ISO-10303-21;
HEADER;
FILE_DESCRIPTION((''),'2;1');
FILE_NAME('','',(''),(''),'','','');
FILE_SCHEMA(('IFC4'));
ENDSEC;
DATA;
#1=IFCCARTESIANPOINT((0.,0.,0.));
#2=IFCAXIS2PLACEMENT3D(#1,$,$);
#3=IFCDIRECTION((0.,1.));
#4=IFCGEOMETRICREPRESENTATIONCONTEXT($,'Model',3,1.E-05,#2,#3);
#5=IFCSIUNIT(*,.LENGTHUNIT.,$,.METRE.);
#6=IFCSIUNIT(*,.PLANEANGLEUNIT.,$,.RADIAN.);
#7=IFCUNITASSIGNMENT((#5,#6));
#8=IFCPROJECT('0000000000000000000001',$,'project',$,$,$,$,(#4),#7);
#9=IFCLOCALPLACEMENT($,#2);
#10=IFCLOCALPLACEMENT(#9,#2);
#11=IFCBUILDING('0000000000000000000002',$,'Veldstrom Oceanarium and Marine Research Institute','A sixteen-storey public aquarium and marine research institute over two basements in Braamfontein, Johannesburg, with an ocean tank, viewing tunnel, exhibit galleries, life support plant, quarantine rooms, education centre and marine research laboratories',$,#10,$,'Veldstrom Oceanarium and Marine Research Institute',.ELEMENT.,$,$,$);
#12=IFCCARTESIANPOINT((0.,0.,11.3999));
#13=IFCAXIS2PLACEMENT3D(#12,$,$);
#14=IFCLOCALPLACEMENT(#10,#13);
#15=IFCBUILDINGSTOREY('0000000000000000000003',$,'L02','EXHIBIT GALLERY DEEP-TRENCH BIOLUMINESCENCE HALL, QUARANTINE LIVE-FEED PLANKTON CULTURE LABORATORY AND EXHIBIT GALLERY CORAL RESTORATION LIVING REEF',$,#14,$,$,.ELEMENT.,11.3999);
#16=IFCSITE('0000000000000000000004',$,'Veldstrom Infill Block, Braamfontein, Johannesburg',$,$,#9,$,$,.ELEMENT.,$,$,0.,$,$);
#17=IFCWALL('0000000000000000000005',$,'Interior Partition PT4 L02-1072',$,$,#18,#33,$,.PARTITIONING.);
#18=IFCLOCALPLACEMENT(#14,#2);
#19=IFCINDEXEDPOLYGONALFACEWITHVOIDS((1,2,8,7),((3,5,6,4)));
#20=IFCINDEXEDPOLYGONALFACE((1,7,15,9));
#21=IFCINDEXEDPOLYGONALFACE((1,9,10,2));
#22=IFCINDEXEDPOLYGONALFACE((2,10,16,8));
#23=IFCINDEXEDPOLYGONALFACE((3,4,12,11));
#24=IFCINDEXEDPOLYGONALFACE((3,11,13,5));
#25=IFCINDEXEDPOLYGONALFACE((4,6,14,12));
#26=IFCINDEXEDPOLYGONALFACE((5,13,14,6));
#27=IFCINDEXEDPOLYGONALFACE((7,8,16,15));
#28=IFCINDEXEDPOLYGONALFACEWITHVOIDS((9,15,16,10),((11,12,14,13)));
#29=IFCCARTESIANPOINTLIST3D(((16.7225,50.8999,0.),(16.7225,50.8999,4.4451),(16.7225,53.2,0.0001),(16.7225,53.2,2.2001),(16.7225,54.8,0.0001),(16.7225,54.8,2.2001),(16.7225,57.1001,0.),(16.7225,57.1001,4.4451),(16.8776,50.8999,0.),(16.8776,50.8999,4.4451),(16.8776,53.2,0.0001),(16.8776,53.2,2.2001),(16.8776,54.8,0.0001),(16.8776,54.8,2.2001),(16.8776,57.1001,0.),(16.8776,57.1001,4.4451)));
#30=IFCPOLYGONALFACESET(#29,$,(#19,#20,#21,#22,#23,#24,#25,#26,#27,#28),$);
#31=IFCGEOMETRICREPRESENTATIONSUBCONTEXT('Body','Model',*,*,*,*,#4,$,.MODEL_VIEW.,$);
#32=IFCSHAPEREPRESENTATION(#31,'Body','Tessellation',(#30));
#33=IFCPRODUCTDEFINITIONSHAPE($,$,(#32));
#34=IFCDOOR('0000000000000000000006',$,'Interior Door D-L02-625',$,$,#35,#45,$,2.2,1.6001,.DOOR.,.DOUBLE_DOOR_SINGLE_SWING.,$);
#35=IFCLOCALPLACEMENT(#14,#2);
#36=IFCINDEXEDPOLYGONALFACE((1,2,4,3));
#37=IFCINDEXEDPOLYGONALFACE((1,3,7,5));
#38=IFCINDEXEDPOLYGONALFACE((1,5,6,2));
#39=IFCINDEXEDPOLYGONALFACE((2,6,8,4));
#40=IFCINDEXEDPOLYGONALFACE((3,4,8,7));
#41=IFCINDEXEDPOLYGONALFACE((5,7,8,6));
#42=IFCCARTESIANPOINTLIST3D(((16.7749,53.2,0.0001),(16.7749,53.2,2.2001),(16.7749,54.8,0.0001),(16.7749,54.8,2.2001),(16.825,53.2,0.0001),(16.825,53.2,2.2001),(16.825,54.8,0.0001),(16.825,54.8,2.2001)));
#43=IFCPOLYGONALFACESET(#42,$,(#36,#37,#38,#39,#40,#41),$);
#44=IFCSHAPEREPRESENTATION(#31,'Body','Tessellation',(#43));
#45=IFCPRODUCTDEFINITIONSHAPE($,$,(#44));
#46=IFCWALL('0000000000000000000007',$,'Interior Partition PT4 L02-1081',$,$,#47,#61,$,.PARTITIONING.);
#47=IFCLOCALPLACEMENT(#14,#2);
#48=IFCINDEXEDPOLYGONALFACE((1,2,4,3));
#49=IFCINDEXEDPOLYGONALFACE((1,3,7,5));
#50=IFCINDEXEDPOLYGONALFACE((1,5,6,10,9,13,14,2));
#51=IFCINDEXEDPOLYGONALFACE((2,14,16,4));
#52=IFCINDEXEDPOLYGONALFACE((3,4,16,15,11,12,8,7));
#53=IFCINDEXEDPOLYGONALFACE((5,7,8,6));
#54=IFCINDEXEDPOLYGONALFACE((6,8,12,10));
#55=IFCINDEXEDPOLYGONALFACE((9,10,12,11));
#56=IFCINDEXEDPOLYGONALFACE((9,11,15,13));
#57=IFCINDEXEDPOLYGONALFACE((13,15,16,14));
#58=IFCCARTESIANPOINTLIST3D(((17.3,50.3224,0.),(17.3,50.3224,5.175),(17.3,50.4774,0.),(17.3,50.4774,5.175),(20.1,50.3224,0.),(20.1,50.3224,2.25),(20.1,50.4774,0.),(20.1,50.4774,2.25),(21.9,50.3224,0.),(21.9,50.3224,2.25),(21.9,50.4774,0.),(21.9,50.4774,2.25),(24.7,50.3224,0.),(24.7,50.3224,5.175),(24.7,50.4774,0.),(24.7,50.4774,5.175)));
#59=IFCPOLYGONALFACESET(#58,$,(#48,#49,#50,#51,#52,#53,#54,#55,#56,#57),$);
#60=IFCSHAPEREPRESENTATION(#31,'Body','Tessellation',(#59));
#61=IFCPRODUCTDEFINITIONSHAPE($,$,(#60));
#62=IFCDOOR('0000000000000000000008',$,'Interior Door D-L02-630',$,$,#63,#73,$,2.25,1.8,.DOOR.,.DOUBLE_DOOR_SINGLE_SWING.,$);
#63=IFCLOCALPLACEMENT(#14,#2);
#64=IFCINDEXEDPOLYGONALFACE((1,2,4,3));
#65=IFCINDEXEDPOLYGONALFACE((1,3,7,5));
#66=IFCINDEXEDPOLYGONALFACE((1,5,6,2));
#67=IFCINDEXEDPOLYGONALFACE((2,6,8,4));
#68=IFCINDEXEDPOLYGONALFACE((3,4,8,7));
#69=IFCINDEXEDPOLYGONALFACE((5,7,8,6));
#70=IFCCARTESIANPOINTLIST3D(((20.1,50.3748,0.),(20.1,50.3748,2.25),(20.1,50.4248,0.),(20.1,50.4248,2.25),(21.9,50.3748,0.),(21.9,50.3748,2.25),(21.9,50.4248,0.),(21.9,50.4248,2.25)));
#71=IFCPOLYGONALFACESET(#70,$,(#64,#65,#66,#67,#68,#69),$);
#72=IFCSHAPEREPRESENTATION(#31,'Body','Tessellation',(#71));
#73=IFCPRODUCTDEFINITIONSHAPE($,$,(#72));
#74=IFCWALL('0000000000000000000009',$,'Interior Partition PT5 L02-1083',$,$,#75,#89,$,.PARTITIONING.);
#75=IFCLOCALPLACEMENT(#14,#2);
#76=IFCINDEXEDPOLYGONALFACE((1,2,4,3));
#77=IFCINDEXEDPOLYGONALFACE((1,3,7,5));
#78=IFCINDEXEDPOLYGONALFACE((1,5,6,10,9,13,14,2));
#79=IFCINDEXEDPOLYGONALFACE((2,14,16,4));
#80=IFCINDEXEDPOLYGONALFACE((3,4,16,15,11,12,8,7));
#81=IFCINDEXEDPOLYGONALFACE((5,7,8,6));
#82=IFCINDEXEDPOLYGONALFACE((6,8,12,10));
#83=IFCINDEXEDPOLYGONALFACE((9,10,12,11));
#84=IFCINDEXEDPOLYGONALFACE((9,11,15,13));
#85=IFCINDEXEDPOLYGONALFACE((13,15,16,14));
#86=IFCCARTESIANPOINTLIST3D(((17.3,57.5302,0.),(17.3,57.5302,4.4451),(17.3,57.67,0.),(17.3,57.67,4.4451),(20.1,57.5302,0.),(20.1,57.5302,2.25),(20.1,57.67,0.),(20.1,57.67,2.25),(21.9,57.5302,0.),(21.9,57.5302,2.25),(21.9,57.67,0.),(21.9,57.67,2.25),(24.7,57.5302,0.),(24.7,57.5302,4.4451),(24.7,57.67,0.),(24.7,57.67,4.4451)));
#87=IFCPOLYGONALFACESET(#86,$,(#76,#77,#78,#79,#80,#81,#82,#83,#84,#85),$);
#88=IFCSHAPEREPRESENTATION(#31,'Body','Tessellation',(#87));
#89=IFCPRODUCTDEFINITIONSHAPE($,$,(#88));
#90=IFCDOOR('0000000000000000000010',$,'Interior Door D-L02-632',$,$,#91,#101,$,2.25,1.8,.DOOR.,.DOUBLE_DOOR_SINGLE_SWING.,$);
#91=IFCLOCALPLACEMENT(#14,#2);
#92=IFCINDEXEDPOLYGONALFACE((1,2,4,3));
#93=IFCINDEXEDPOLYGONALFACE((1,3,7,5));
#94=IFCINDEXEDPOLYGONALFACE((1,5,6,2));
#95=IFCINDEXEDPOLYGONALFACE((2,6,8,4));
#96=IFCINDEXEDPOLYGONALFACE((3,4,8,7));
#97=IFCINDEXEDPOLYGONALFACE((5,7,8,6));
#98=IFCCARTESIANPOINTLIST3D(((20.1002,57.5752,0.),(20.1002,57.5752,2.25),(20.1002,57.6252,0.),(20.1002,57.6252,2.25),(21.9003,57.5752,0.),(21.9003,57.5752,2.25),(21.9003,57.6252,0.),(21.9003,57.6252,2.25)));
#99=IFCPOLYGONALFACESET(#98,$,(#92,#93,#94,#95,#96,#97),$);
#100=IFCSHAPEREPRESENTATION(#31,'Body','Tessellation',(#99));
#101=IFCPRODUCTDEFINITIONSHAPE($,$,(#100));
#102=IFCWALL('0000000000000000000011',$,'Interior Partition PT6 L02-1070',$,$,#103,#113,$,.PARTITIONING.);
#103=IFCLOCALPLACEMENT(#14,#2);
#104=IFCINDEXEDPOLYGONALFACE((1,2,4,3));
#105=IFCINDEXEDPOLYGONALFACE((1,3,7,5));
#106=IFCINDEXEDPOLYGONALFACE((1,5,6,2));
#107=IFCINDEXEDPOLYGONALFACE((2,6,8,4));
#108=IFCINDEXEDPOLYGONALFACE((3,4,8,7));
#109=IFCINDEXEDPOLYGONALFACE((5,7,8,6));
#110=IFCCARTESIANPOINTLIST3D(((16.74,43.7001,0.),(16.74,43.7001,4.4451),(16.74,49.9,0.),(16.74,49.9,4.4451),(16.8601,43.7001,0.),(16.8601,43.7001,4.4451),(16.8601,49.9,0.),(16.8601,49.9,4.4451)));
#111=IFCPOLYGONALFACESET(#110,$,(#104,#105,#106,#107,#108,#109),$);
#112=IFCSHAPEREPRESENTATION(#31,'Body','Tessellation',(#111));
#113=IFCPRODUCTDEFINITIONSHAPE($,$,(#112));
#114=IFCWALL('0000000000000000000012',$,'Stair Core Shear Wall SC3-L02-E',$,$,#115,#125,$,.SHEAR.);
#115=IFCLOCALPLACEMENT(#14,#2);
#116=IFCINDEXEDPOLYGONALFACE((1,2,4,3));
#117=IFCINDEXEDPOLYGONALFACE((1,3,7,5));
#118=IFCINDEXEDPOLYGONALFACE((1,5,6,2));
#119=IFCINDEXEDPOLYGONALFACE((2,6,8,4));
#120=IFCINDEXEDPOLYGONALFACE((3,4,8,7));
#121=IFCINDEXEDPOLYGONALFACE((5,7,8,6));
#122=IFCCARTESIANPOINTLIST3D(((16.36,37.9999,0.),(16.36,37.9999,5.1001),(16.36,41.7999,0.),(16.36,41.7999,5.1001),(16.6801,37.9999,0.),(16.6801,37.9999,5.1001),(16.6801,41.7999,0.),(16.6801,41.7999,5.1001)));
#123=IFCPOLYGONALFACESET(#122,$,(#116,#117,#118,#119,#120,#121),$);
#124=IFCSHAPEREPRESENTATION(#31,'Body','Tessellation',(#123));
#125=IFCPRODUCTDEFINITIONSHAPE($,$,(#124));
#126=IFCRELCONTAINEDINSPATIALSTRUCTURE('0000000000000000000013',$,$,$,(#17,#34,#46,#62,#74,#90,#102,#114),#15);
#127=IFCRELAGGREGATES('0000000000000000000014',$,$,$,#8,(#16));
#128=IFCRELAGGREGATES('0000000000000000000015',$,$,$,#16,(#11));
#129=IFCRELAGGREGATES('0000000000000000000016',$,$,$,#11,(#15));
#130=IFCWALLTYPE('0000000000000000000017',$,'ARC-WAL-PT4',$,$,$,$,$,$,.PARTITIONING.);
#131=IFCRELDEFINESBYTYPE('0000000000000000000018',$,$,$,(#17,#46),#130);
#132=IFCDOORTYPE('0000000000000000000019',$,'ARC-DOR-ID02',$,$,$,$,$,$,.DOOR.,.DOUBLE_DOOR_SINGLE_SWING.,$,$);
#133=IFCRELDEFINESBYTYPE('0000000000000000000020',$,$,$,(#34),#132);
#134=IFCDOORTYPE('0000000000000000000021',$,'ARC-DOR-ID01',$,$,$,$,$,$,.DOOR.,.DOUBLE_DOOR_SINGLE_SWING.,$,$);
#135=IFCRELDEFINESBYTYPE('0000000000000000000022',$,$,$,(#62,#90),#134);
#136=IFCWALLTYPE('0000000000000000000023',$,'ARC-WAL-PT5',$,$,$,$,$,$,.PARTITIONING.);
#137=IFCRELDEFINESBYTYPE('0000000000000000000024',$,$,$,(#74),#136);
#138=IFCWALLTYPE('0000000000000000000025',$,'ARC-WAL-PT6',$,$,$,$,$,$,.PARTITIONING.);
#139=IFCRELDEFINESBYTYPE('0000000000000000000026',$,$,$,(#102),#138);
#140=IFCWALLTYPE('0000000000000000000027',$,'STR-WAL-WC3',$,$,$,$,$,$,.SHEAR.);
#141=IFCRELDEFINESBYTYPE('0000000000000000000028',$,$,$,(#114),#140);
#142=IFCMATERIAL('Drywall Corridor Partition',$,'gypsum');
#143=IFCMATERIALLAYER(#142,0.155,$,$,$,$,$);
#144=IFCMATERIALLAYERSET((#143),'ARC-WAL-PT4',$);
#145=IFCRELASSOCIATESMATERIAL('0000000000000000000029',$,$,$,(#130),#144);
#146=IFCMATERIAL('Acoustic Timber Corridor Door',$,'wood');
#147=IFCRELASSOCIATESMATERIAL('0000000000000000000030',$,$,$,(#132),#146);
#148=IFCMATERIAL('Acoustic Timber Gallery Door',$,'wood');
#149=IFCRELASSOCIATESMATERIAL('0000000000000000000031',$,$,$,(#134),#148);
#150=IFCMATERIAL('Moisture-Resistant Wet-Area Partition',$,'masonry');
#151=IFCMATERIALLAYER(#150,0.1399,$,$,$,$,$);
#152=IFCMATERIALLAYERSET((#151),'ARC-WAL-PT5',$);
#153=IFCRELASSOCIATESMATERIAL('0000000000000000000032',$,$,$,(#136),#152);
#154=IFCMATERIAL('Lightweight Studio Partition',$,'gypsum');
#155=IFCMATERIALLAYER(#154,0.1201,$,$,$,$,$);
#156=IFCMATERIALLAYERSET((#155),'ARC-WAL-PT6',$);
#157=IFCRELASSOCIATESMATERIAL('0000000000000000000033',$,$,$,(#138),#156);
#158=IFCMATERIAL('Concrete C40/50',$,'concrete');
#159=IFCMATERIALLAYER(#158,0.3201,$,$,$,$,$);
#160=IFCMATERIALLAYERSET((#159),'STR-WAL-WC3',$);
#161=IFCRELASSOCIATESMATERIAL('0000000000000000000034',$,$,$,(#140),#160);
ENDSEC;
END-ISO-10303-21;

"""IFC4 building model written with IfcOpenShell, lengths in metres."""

from ifc_helpers import new_model, si_unit, direction, frame, frame_2d, origin, place, context, subcontext, project, spatial, rectangle, extrude, material, layer, layer_set, type_object, element, fill, save


model = new_model("IFC4")

# Units and contexts
model_context = context("Model", 3, precision=1e-05, world=origin(), true_north=direction((0.0, 1.0)))
body_context = subcontext(model_context, "Body", "Model", "MODEL_VIEW")
ifc_project = project(units=[si_unit("LENGTHUNIT", "METRE"), si_unit("PLANEANGLEUNIT", "RADIAN")], contexts=[model_context])

# Site, building, storey
site_placement = place(None, origin())
site = spatial("IfcSite", under=ifc_project, at=site_placement, Name="Veldstrom Infill Block, Braamfontein, Johannesburg", CompositionType="ELEMENT", RefElevation=0.0)
building_placement = place(site_placement, origin())
building = spatial("IfcBuilding", under=site, at=building_placement, Name="Veldstrom Oceanarium and Marine Research Institute", Description="A sixteen-storey public aquarium and marine research institute over two basements in Braamfontein, Johannesburg, with an ocean tank, viewing tunnel, exhibit galleries, life support plant, quarantine rooms, education centre and marine research laboratories", LongName="Veldstrom Oceanarium and Marine Research Institute", CompositionType="ELEMENT")
storey_placement = place(building_placement, frame((0.0, 0.0, 11.3999)))
storey = spatial("IfcBuildingStorey", under=building, at=storey_placement, Name="L02", Description="EXHIBIT GALLERY DEEP-TRENCH BIOLUMINESCENCE HALL, QUARANTINE LIVE-FEED PLANKTON CULTURE LABORATORY AND EXHIBIT GALLERY CORAL RESTORATION LIVING REEF", CompositionType="ELEMENT", Elevation=11.3999)

# Walls, openings, doors
ifc_material_1 = material(Name="Drywall Corridor Partition", Category="gypsum")
ifc_layer_1 = layer(ifc_material_1, 0.155)
ifc_layer_set_1 = layer_set([ifc_layer_1], Name="ARC-WAL-PT4")
wall_type_1 = type_object("IfcWallType", Name="ARC-WAL-PT4", PredefinedType="PARTITIONING", material=ifc_layer_set_1)
wall_1_placement = place(storey_placement, frame((16.8, 50.8999, 0.0), z_axis=(0.0, 0.0, 1.0), x_axis=(0.0, 1.0, 0.0)))
wall_1 = element("IfcWall", 1, at=wall_1_placement, inside=storey, type_object=wall_type_1, Name="Interior Partition PT4 L02-1072", PredefinedType="PARTITIONING", context=body_context, shape_type="SweptSolid", body=[
    extrude(rectangle(XDim=6.2002, YDim=0.155, at=frame_2d((3.1001, 0.0))), origin(), (0.0, 0.0, 1.0), 4.4451),
])
opening_1_placement = place(wall_1_placement, frame((2.3, 0.0, 0.0)))
opening_1 = element("IfcOpeningElement", 2, at=opening_1_placement, cuts=wall_1, PredefinedType="OPENING", context=body_context, shape_type="SweptSolid", body=[
    extrude(rectangle(XDim=1.6001, YDim=2.2, at=frame_2d((0.8, 1.1001))), frame((0.0, 0.0874, 0.0), z_axis=(0.0, -1.0, 0.0), x_axis=(1.0, 0.0, 0.0)), (0.0, 0.0, 1.0), 0.175),
])
ifc_material_2 = material(Name="Acoustic Timber Corridor Door", Category="wood")
door_type_1 = type_object("IfcDoorType", Name="ARC-DOR-ID02", OperationType="DOUBLE_DOOR_SINGLE_SWING", PredefinedType="DOOR", material=ifc_material_2)
door_1_placement = place(opening_1_placement, frame((1.6001, 0.0, 0.0), z_axis=(0.0, 0.0, 1.0), x_axis=(-1.0, 0.0, 0.0)))
door_1 = element("IfcDoor", 3, at=door_1_placement, inside=storey, type_object=door_type_1, Name="Interior Door D-L02-625", OperationType="DOUBLE_DOOR_SINGLE_SWING", OverallHeight=2.2, OverallWidth=1.6001, PredefinedType="DOOR", context=body_context, shape_type="SweptSolid", body=[
    extrude(rectangle(XDim=1.6001, YDim=2.2, at=frame_2d((0.8, 1.1001))), frame((0.0, 0.0249, 0.0), z_axis=(0.0, -1.0, 0.0), x_axis=(1.0, 0.0, 0.0)), (0.0, 0.0, 1.0), 0.05),
])
fill(opening_1, door_1)
wall_2_placement = place(storey_placement, frame((17.3, 50.3999, 0.0), z_axis=(0.0, 0.0, 1.0), x_axis=(1.0, 0.0, 0.0)))
wall_2 = element("IfcWall", 4, at=wall_2_placement, inside=storey, type_object=wall_type_1, Name="Interior Partition PT4 L02-1081", PredefinedType="PARTITIONING", context=body_context, shape_type="SweptSolid", body=[
    extrude(rectangle(XDim=7.3999, YDim=0.155, at=frame_2d((3.7, 0.0))), origin(), (0.0, 0.0, 1.0), 5.175),
])
opening_2_placement = place(wall_2_placement, frame((2.8, 0.0, 0.0)))
opening_2 = element("IfcOpeningElement", 5, at=opening_2_placement, cuts=wall_2, PredefinedType="OPENING", context=body_context, shape_type="SweptSolid", body=[
    extrude(rectangle(XDim=1.8, YDim=2.25, at=frame_2d((0.8999, 1.125))), frame((0.0, 0.0874, 0.0), z_axis=(0.0, -1.0, 0.0), x_axis=(1.0, 0.0, 0.0)), (0.0, 0.0, 1.0), 0.175),
])
ifc_material_3 = material(Name="Acoustic Timber Gallery Door", Category="wood")
door_type_2 = type_object("IfcDoorType", Name="ARC-DOR-ID01", OperationType="DOUBLE_DOOR_SINGLE_SWING", PredefinedType="DOOR", material=ifc_material_3)
door_2_placement = place(opening_2_placement, origin())
door_2 = element("IfcDoor", 6, at=door_2_placement, inside=storey, type_object=door_type_2, Name="Interior Door D-L02-630", OperationType="DOUBLE_DOOR_SINGLE_SWING", OverallHeight=2.25, OverallWidth=1.8, PredefinedType="DOOR", context=body_context, shape_type="SweptSolid", body=[
    extrude(rectangle(XDim=1.8, YDim=2.25, at=frame_2d((0.8999, 1.125))), frame((0.0, 0.0249, 0.0), z_axis=(0.0, -1.0, 0.0), x_axis=(1.0, 0.0, 0.0)), (0.0, 0.0, 1.0), 0.05),
])
fill(opening_2, door_2)
ifc_material_4 = material(Name="Moisture-Resistant Wet-Area Partition", Category="masonry")
ifc_layer_2 = layer(ifc_material_4, 0.1399)
ifc_layer_set_2 = layer_set([ifc_layer_2], Name="ARC-WAL-PT5")
wall_type_2 = type_object("IfcWallType", Name="ARC-WAL-PT5", PredefinedType="PARTITIONING", material=ifc_layer_set_2)
wall_3_placement = place(storey_placement, frame((17.3, 57.6001, 0.0), z_axis=(0.0, 0.0, 1.0), x_axis=(1.0, 0.0, 0.0)))
wall_3 = element("IfcWall", 7, at=wall_3_placement, inside=storey, type_object=wall_type_2, Name="Interior Partition PT5 L02-1083", PredefinedType="PARTITIONING", context=body_context, shape_type="SweptSolid", body=[
    extrude(rectangle(XDim=7.3999, YDim=0.1399, at=frame_2d((3.7, 0.0))), origin(), (0.0, 0.0, 1.0), 4.4451),
])
opening_3_placement = place(wall_3_placement, frame((2.8, 0.0, 0.0)))
opening_3 = element("IfcOpeningElement", 8, at=opening_3_placement, cuts=wall_3, PredefinedType="OPENING", context=body_context, shape_type="SweptSolid", body=[
    extrude(rectangle(XDim=1.8, YDim=2.25, at=frame_2d((0.8999, 1.125))), frame((0.0, 0.0798, 0.0), z_axis=(0.0, -1.0, 0.0), x_axis=(1.0, 0.0, 0.0)), (0.0, 0.0, 1.0), 0.1599),
])
door_3_placement = place(opening_3_placement, frame((1.8, 0.0, 0.0), z_axis=(0.0, 0.0, 1.0), x_axis=(-1.0, 0.0, 0.0)))
door_3 = element("IfcDoor", 9, at=door_3_placement, inside=storey, type_object=door_type_2, Name="Interior Door D-L02-632", OperationType="DOUBLE_DOOR_SINGLE_SWING", OverallHeight=2.25, OverallWidth=1.8, PredefinedType="DOOR", context=body_context, shape_type="SweptSolid", body=[
    extrude(rectangle(XDim=1.8, YDim=2.25, at=frame_2d((0.8999, 1.125))), frame((0.0, 0.0249, 0.0), z_axis=(0.0, -1.0, 0.0), x_axis=(1.0, 0.0, 0.0)), (0.0, 0.0, 1.0), 0.05),
])
fill(opening_3, door_3)

# Walls
ifc_material_5 = material(Name="Lightweight Studio Partition", Category="gypsum")
ifc_layer_3 = layer(ifc_material_5, 0.1201)
ifc_layer_set_3 = layer_set([ifc_layer_3], Name="ARC-WAL-PT6")
wall_type_3 = type_object("IfcWallType", Name="ARC-WAL-PT6", PredefinedType="PARTITIONING", material=ifc_layer_set_3)
wall_4_placement = place(storey_placement, frame((16.8, 43.7, 0.0), z_axis=(0.0, 0.0, 1.0), x_axis=(0.0, 1.0, 0.0)))
element("IfcWall", 10, at=wall_4_placement, inside=storey, type_object=wall_type_3, Name="Interior Partition PT6 L02-1070", PredefinedType="PARTITIONING", context=body_context, shape_type="SweptSolid", body=[
    extrude(rectangle(XDim=6.2, YDim=0.1201, at=frame_2d((3.1001, 0.0))), origin(), (0.0, 0.0, 1.0), 4.4451),
])
ifc_material_6 = material(Name="Concrete C40/50", Category="concrete")
ifc_layer_4 = layer(ifc_material_6, 0.3201)
ifc_layer_set_4 = layer_set([ifc_layer_4], Name="STR-WAL-WC3")
wall_type_4 = type_object("IfcWallType", Name="STR-WAL-WC3", PredefinedType="SHEAR", material=ifc_layer_set_4)
wall_5_placement = place(storey_placement, frame((16.52, 38.0, 0.0), z_axis=(0.0, 0.0, 1.0), x_axis=(0.0, 1.0, 0.0)))
element("IfcWall", 11, at=wall_5_placement, inside=storey, type_object=wall_type_4, Name="Stair Core Shear Wall SC3-L02-E", PredefinedType="SHEAR", context=body_context, shape_type="SweptSolid", body=[
    extrude(rectangle(XDim=3.8, YDim=0.3201, at=frame_2d((1.8999, 0.0))), origin(), (0.0, 0.0, 1.0), 5.1001),
])

save(model, "model.ifc")
